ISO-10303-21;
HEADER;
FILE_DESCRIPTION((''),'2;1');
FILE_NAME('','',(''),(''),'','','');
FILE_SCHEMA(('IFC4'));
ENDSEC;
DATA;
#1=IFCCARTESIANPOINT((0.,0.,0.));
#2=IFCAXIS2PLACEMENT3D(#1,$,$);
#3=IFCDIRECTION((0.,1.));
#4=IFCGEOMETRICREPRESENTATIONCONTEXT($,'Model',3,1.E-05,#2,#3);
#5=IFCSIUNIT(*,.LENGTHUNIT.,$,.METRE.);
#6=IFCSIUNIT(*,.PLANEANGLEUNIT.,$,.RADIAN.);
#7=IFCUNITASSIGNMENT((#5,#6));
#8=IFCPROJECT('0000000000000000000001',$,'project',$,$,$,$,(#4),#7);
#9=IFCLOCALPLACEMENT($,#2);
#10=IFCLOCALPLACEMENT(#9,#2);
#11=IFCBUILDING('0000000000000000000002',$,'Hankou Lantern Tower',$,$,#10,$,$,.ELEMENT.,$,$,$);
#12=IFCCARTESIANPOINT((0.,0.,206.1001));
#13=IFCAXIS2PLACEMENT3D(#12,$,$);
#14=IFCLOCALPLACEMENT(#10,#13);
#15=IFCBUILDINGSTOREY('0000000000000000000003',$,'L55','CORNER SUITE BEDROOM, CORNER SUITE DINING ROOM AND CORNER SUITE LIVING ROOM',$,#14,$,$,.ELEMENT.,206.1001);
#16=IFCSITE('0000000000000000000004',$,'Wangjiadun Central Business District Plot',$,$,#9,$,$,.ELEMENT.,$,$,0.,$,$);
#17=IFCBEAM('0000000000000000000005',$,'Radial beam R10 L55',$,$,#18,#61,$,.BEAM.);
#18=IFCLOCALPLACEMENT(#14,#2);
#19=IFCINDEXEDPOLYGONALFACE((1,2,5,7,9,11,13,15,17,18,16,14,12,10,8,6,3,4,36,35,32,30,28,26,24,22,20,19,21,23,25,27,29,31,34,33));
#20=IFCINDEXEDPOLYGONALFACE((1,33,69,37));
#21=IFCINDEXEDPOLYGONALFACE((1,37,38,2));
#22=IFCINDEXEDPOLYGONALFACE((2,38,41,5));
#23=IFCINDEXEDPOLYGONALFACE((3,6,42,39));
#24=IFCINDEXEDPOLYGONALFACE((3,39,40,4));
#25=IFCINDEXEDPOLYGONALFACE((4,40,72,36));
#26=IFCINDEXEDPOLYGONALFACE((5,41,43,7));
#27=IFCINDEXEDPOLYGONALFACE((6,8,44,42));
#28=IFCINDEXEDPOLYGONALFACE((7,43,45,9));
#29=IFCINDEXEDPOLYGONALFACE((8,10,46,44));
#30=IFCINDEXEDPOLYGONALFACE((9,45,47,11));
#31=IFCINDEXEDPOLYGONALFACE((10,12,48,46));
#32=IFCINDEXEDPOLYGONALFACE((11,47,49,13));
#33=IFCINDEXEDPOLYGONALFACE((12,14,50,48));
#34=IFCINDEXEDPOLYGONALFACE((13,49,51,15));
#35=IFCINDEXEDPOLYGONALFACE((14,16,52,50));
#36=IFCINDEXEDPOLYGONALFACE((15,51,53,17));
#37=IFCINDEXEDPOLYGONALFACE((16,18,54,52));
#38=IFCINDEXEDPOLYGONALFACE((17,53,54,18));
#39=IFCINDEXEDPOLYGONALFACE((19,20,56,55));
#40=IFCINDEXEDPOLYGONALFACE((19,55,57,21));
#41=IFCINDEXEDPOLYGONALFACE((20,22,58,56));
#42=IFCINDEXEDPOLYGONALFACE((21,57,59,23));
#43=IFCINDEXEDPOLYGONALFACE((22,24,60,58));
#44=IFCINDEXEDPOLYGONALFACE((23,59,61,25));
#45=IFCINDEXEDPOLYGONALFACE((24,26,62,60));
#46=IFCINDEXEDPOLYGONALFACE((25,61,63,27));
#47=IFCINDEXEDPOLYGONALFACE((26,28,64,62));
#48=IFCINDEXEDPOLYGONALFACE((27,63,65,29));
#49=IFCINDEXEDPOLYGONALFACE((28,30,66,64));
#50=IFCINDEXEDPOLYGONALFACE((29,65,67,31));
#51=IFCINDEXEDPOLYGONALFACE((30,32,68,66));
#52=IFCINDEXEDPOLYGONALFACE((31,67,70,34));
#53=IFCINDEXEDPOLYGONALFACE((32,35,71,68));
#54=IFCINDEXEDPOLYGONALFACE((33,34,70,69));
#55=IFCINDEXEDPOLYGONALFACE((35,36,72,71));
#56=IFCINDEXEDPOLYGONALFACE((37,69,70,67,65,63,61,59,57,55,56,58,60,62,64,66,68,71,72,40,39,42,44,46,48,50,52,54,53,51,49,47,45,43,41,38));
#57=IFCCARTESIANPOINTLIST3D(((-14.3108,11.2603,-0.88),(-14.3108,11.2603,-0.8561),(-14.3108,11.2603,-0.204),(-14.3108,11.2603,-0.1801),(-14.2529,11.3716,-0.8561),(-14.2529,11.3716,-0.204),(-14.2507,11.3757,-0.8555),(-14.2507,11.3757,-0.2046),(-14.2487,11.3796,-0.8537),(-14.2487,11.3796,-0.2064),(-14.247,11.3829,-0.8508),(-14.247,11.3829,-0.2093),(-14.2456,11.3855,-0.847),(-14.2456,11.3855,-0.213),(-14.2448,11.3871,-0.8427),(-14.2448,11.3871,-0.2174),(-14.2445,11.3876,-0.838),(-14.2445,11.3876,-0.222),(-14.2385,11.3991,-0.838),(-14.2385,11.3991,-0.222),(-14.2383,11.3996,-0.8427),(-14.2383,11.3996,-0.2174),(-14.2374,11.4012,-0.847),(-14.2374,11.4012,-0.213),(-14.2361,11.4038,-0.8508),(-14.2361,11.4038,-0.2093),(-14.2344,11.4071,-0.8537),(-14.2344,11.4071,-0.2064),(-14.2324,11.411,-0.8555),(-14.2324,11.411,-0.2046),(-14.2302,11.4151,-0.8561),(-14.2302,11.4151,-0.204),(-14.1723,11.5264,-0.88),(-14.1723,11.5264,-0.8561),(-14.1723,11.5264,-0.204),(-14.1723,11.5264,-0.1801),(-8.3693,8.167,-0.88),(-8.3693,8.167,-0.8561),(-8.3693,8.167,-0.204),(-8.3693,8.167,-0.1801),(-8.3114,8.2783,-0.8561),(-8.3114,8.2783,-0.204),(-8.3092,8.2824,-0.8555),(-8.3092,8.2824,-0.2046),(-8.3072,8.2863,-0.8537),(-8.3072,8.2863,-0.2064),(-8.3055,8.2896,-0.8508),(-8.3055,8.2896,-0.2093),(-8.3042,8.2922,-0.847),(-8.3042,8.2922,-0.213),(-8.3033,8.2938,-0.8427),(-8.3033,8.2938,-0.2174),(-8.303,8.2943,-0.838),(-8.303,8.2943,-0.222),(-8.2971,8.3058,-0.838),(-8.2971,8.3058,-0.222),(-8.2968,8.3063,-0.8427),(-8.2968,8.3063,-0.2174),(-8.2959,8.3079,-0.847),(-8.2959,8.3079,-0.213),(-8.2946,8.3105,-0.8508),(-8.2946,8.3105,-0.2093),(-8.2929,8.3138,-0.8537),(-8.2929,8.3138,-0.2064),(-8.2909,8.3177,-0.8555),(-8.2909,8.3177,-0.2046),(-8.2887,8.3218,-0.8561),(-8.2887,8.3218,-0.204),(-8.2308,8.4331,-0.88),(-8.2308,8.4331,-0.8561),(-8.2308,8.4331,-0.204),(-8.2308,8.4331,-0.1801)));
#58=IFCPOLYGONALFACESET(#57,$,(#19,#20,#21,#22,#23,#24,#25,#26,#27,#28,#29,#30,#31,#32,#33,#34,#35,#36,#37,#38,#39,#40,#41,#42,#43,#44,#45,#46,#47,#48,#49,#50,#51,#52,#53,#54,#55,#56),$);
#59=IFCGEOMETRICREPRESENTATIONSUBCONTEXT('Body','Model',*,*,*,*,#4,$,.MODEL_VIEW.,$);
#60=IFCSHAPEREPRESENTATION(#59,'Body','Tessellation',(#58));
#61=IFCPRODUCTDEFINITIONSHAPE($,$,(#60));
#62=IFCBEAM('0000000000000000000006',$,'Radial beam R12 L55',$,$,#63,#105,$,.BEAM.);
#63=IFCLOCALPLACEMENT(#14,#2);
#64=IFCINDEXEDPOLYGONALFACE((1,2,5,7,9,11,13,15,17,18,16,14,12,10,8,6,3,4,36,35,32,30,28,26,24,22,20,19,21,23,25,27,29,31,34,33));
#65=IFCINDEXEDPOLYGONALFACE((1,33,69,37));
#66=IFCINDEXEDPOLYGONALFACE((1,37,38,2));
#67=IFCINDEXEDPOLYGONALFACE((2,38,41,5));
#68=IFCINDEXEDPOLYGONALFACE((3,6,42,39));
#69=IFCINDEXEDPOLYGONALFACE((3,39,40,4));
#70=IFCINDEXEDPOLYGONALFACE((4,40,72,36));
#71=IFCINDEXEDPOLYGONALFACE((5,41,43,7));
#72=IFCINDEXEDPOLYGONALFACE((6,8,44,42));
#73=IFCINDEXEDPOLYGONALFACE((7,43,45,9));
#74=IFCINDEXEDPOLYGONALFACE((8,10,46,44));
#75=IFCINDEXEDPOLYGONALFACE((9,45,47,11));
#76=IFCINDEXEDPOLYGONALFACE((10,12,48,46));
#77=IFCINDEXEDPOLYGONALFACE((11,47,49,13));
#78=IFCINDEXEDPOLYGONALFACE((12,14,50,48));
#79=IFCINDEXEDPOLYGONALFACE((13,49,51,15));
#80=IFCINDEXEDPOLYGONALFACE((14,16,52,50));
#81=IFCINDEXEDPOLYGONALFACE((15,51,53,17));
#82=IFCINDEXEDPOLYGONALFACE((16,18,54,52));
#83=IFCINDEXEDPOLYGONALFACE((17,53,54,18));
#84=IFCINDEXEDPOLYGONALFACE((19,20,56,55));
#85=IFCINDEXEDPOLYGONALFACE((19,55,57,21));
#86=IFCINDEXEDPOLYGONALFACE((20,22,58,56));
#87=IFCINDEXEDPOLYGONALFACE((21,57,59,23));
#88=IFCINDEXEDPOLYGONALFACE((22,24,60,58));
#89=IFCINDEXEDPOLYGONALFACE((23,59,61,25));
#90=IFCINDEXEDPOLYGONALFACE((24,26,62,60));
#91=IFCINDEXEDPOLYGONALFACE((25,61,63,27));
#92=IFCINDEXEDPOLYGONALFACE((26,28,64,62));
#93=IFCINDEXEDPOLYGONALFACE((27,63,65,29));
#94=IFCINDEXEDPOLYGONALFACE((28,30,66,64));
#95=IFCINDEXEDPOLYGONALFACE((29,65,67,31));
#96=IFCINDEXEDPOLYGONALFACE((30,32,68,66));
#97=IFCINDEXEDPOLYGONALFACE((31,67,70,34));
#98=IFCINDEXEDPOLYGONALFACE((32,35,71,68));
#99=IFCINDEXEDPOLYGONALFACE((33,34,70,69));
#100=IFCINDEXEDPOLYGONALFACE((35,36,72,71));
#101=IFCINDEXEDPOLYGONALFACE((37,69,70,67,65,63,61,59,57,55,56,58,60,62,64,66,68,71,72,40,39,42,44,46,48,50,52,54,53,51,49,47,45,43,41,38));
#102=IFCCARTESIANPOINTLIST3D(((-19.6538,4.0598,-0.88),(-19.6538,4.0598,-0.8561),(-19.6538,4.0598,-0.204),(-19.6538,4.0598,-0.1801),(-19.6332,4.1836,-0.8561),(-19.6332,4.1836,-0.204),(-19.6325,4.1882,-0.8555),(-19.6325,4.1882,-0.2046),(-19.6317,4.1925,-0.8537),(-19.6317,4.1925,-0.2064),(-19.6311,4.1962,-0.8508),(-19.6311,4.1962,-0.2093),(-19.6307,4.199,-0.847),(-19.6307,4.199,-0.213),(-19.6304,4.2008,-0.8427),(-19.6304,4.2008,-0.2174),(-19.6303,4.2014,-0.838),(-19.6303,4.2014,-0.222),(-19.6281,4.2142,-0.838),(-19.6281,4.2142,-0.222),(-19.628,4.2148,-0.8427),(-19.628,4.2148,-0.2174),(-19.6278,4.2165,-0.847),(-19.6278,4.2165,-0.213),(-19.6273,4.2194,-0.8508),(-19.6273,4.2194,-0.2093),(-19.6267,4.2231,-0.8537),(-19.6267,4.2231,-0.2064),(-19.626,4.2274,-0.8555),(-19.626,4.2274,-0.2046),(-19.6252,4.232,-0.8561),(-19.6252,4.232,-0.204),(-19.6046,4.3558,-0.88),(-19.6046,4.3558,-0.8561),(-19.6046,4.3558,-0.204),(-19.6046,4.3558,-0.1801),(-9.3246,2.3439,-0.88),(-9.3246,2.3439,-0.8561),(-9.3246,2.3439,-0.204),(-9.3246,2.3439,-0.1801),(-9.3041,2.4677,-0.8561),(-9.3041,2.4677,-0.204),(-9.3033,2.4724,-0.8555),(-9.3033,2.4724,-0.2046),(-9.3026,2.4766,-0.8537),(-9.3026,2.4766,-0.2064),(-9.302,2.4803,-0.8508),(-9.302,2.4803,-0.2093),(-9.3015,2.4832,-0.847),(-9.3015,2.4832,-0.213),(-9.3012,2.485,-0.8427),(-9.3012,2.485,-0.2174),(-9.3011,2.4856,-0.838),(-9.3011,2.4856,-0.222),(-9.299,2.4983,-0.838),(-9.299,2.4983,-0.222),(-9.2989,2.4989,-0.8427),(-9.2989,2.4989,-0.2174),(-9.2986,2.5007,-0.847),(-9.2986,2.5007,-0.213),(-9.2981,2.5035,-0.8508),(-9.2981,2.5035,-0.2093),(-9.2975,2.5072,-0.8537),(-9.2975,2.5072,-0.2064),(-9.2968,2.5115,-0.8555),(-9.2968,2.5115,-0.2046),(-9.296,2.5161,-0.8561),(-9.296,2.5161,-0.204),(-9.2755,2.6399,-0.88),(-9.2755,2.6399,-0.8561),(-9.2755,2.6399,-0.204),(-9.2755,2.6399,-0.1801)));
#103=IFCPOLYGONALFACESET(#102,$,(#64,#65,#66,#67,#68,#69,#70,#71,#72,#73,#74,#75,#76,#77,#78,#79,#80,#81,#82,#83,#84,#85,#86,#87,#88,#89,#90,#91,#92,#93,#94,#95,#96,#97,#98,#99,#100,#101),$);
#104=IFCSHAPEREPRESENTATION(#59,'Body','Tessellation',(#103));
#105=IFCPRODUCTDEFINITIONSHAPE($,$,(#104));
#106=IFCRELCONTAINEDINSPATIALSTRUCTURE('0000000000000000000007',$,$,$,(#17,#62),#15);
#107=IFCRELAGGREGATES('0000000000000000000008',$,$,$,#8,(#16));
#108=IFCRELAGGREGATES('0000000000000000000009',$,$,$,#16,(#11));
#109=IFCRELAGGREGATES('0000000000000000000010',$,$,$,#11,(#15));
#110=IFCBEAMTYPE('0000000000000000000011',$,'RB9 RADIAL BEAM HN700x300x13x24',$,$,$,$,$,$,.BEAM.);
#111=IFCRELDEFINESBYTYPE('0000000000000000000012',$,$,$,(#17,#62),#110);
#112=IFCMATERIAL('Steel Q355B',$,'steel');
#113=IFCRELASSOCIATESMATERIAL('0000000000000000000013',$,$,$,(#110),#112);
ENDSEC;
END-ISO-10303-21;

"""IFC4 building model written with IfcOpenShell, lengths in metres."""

from ifc_helpers import new_model, si_unit, direction, frame, origin, origin_2d, place, context, subcontext, project, spatial, i_section, extrude, material, material_profile, profile_set, type_object, element, save


model = new_model("IFC4")

# Units and contexts
model_context = context("Model", 3, precision=1e-05, world=origin(), true_north=direction((0.0, 1.0)))
body_context = subcontext(model_context, "Body", "Model", "MODEL_VIEW")
ifc_project = project(units=[si_unit("LENGTHUNIT", "METRE"), si_unit("PLANEANGLEUNIT", "RADIAN")], contexts=[model_context])

# Site, building, storey
site_placement = place(None, origin())
site = spatial("IfcSite", under=ifc_project, at=site_placement, Name="Wangjiadun Central Business District Plot", CompositionType="ELEMENT", RefElevation=0.0)
building_placement = place(site_placement, origin())
building = spatial("IfcBuilding", under=site, at=building_placement, Name="Hankou Lantern Tower", CompositionType="ELEMENT")
storey_placement = place(building_placement, frame((0.0, 0.0, 206.1001)))
storey = spatial("IfcBuildingStorey", under=building, at=storey_placement, Name="L55", Description="CORNER SUITE BEDROOM, CORNER SUITE DINING ROOM AND CORNER SUITE LIVING ROOM", CompositionType="ELEMENT", Elevation=206.1001)

# Beams
ifc_material_1 = material(Name="Steel Q355B", Category="steel")
ifc_material_profile_1 = material_profile(ifc_material_1, i_section(OverallWidth=0.3, OverallDepth=0.7, WebThickness=0.0129, FlangeThickness=0.0239, FilletRadius=0.0181, at=origin_2d()), Name="HN700x300x13x24")
ifc_profile_set_1 = profile_set([ifc_material_profile_1], Name="Steel Q355B")
beam_type_1 = type_object("IfcBeamType", Name="RB9 RADIAL BEAM HN700x300x13x24", PredefinedType="BEAM", material=ifc_profile_set_1)
beam_1_placement = place(storey_placement, frame((-8.3, 8.3, -0.53), z_axis=(-0.886989, 0.461791, 0.0), x_axis=(-0.461791, -0.886989, 0.0)))
element("IfcBeam", 1, at=beam_1_placement, inside=storey, type_object=beam_type_1, Name="Radial beam R10 L55", PredefinedType="BEAM", context=body_context, shape_type="SweptSolid", body=[
    extrude(i_section(OverallWidth=0.3, OverallDepth=0.7, WebThickness=0.0129, FlangeThickness=0.0239, FilletRadius=0.0181, at=origin_2d()), origin(), (0.0, 0.0, 1.0), 6.6985),
])
beam_2_placement = place(storey_placement, frame((-9.3, 2.4919, -0.53), z_axis=(-0.986482, 0.16387, 0.0), x_axis=(-0.16387, -0.986482, 0.0)))
element("IfcBeam", 2, at=beam_2_placement, inside=storey, type_object=beam_type_1, Name="Radial beam R12 L55", PredefinedType="BEAM", context=body_context, shape_type="SweptSolid", body=[
    extrude(i_section(OverallWidth=0.3, OverallDepth=0.7, WebThickness=0.0129, FlangeThickness=0.0239, FilletRadius=0.0181, at=origin_2d()), origin(), (0.0, 0.0, 1.0), 10.4707),
])

save(model, "model.ifc")
